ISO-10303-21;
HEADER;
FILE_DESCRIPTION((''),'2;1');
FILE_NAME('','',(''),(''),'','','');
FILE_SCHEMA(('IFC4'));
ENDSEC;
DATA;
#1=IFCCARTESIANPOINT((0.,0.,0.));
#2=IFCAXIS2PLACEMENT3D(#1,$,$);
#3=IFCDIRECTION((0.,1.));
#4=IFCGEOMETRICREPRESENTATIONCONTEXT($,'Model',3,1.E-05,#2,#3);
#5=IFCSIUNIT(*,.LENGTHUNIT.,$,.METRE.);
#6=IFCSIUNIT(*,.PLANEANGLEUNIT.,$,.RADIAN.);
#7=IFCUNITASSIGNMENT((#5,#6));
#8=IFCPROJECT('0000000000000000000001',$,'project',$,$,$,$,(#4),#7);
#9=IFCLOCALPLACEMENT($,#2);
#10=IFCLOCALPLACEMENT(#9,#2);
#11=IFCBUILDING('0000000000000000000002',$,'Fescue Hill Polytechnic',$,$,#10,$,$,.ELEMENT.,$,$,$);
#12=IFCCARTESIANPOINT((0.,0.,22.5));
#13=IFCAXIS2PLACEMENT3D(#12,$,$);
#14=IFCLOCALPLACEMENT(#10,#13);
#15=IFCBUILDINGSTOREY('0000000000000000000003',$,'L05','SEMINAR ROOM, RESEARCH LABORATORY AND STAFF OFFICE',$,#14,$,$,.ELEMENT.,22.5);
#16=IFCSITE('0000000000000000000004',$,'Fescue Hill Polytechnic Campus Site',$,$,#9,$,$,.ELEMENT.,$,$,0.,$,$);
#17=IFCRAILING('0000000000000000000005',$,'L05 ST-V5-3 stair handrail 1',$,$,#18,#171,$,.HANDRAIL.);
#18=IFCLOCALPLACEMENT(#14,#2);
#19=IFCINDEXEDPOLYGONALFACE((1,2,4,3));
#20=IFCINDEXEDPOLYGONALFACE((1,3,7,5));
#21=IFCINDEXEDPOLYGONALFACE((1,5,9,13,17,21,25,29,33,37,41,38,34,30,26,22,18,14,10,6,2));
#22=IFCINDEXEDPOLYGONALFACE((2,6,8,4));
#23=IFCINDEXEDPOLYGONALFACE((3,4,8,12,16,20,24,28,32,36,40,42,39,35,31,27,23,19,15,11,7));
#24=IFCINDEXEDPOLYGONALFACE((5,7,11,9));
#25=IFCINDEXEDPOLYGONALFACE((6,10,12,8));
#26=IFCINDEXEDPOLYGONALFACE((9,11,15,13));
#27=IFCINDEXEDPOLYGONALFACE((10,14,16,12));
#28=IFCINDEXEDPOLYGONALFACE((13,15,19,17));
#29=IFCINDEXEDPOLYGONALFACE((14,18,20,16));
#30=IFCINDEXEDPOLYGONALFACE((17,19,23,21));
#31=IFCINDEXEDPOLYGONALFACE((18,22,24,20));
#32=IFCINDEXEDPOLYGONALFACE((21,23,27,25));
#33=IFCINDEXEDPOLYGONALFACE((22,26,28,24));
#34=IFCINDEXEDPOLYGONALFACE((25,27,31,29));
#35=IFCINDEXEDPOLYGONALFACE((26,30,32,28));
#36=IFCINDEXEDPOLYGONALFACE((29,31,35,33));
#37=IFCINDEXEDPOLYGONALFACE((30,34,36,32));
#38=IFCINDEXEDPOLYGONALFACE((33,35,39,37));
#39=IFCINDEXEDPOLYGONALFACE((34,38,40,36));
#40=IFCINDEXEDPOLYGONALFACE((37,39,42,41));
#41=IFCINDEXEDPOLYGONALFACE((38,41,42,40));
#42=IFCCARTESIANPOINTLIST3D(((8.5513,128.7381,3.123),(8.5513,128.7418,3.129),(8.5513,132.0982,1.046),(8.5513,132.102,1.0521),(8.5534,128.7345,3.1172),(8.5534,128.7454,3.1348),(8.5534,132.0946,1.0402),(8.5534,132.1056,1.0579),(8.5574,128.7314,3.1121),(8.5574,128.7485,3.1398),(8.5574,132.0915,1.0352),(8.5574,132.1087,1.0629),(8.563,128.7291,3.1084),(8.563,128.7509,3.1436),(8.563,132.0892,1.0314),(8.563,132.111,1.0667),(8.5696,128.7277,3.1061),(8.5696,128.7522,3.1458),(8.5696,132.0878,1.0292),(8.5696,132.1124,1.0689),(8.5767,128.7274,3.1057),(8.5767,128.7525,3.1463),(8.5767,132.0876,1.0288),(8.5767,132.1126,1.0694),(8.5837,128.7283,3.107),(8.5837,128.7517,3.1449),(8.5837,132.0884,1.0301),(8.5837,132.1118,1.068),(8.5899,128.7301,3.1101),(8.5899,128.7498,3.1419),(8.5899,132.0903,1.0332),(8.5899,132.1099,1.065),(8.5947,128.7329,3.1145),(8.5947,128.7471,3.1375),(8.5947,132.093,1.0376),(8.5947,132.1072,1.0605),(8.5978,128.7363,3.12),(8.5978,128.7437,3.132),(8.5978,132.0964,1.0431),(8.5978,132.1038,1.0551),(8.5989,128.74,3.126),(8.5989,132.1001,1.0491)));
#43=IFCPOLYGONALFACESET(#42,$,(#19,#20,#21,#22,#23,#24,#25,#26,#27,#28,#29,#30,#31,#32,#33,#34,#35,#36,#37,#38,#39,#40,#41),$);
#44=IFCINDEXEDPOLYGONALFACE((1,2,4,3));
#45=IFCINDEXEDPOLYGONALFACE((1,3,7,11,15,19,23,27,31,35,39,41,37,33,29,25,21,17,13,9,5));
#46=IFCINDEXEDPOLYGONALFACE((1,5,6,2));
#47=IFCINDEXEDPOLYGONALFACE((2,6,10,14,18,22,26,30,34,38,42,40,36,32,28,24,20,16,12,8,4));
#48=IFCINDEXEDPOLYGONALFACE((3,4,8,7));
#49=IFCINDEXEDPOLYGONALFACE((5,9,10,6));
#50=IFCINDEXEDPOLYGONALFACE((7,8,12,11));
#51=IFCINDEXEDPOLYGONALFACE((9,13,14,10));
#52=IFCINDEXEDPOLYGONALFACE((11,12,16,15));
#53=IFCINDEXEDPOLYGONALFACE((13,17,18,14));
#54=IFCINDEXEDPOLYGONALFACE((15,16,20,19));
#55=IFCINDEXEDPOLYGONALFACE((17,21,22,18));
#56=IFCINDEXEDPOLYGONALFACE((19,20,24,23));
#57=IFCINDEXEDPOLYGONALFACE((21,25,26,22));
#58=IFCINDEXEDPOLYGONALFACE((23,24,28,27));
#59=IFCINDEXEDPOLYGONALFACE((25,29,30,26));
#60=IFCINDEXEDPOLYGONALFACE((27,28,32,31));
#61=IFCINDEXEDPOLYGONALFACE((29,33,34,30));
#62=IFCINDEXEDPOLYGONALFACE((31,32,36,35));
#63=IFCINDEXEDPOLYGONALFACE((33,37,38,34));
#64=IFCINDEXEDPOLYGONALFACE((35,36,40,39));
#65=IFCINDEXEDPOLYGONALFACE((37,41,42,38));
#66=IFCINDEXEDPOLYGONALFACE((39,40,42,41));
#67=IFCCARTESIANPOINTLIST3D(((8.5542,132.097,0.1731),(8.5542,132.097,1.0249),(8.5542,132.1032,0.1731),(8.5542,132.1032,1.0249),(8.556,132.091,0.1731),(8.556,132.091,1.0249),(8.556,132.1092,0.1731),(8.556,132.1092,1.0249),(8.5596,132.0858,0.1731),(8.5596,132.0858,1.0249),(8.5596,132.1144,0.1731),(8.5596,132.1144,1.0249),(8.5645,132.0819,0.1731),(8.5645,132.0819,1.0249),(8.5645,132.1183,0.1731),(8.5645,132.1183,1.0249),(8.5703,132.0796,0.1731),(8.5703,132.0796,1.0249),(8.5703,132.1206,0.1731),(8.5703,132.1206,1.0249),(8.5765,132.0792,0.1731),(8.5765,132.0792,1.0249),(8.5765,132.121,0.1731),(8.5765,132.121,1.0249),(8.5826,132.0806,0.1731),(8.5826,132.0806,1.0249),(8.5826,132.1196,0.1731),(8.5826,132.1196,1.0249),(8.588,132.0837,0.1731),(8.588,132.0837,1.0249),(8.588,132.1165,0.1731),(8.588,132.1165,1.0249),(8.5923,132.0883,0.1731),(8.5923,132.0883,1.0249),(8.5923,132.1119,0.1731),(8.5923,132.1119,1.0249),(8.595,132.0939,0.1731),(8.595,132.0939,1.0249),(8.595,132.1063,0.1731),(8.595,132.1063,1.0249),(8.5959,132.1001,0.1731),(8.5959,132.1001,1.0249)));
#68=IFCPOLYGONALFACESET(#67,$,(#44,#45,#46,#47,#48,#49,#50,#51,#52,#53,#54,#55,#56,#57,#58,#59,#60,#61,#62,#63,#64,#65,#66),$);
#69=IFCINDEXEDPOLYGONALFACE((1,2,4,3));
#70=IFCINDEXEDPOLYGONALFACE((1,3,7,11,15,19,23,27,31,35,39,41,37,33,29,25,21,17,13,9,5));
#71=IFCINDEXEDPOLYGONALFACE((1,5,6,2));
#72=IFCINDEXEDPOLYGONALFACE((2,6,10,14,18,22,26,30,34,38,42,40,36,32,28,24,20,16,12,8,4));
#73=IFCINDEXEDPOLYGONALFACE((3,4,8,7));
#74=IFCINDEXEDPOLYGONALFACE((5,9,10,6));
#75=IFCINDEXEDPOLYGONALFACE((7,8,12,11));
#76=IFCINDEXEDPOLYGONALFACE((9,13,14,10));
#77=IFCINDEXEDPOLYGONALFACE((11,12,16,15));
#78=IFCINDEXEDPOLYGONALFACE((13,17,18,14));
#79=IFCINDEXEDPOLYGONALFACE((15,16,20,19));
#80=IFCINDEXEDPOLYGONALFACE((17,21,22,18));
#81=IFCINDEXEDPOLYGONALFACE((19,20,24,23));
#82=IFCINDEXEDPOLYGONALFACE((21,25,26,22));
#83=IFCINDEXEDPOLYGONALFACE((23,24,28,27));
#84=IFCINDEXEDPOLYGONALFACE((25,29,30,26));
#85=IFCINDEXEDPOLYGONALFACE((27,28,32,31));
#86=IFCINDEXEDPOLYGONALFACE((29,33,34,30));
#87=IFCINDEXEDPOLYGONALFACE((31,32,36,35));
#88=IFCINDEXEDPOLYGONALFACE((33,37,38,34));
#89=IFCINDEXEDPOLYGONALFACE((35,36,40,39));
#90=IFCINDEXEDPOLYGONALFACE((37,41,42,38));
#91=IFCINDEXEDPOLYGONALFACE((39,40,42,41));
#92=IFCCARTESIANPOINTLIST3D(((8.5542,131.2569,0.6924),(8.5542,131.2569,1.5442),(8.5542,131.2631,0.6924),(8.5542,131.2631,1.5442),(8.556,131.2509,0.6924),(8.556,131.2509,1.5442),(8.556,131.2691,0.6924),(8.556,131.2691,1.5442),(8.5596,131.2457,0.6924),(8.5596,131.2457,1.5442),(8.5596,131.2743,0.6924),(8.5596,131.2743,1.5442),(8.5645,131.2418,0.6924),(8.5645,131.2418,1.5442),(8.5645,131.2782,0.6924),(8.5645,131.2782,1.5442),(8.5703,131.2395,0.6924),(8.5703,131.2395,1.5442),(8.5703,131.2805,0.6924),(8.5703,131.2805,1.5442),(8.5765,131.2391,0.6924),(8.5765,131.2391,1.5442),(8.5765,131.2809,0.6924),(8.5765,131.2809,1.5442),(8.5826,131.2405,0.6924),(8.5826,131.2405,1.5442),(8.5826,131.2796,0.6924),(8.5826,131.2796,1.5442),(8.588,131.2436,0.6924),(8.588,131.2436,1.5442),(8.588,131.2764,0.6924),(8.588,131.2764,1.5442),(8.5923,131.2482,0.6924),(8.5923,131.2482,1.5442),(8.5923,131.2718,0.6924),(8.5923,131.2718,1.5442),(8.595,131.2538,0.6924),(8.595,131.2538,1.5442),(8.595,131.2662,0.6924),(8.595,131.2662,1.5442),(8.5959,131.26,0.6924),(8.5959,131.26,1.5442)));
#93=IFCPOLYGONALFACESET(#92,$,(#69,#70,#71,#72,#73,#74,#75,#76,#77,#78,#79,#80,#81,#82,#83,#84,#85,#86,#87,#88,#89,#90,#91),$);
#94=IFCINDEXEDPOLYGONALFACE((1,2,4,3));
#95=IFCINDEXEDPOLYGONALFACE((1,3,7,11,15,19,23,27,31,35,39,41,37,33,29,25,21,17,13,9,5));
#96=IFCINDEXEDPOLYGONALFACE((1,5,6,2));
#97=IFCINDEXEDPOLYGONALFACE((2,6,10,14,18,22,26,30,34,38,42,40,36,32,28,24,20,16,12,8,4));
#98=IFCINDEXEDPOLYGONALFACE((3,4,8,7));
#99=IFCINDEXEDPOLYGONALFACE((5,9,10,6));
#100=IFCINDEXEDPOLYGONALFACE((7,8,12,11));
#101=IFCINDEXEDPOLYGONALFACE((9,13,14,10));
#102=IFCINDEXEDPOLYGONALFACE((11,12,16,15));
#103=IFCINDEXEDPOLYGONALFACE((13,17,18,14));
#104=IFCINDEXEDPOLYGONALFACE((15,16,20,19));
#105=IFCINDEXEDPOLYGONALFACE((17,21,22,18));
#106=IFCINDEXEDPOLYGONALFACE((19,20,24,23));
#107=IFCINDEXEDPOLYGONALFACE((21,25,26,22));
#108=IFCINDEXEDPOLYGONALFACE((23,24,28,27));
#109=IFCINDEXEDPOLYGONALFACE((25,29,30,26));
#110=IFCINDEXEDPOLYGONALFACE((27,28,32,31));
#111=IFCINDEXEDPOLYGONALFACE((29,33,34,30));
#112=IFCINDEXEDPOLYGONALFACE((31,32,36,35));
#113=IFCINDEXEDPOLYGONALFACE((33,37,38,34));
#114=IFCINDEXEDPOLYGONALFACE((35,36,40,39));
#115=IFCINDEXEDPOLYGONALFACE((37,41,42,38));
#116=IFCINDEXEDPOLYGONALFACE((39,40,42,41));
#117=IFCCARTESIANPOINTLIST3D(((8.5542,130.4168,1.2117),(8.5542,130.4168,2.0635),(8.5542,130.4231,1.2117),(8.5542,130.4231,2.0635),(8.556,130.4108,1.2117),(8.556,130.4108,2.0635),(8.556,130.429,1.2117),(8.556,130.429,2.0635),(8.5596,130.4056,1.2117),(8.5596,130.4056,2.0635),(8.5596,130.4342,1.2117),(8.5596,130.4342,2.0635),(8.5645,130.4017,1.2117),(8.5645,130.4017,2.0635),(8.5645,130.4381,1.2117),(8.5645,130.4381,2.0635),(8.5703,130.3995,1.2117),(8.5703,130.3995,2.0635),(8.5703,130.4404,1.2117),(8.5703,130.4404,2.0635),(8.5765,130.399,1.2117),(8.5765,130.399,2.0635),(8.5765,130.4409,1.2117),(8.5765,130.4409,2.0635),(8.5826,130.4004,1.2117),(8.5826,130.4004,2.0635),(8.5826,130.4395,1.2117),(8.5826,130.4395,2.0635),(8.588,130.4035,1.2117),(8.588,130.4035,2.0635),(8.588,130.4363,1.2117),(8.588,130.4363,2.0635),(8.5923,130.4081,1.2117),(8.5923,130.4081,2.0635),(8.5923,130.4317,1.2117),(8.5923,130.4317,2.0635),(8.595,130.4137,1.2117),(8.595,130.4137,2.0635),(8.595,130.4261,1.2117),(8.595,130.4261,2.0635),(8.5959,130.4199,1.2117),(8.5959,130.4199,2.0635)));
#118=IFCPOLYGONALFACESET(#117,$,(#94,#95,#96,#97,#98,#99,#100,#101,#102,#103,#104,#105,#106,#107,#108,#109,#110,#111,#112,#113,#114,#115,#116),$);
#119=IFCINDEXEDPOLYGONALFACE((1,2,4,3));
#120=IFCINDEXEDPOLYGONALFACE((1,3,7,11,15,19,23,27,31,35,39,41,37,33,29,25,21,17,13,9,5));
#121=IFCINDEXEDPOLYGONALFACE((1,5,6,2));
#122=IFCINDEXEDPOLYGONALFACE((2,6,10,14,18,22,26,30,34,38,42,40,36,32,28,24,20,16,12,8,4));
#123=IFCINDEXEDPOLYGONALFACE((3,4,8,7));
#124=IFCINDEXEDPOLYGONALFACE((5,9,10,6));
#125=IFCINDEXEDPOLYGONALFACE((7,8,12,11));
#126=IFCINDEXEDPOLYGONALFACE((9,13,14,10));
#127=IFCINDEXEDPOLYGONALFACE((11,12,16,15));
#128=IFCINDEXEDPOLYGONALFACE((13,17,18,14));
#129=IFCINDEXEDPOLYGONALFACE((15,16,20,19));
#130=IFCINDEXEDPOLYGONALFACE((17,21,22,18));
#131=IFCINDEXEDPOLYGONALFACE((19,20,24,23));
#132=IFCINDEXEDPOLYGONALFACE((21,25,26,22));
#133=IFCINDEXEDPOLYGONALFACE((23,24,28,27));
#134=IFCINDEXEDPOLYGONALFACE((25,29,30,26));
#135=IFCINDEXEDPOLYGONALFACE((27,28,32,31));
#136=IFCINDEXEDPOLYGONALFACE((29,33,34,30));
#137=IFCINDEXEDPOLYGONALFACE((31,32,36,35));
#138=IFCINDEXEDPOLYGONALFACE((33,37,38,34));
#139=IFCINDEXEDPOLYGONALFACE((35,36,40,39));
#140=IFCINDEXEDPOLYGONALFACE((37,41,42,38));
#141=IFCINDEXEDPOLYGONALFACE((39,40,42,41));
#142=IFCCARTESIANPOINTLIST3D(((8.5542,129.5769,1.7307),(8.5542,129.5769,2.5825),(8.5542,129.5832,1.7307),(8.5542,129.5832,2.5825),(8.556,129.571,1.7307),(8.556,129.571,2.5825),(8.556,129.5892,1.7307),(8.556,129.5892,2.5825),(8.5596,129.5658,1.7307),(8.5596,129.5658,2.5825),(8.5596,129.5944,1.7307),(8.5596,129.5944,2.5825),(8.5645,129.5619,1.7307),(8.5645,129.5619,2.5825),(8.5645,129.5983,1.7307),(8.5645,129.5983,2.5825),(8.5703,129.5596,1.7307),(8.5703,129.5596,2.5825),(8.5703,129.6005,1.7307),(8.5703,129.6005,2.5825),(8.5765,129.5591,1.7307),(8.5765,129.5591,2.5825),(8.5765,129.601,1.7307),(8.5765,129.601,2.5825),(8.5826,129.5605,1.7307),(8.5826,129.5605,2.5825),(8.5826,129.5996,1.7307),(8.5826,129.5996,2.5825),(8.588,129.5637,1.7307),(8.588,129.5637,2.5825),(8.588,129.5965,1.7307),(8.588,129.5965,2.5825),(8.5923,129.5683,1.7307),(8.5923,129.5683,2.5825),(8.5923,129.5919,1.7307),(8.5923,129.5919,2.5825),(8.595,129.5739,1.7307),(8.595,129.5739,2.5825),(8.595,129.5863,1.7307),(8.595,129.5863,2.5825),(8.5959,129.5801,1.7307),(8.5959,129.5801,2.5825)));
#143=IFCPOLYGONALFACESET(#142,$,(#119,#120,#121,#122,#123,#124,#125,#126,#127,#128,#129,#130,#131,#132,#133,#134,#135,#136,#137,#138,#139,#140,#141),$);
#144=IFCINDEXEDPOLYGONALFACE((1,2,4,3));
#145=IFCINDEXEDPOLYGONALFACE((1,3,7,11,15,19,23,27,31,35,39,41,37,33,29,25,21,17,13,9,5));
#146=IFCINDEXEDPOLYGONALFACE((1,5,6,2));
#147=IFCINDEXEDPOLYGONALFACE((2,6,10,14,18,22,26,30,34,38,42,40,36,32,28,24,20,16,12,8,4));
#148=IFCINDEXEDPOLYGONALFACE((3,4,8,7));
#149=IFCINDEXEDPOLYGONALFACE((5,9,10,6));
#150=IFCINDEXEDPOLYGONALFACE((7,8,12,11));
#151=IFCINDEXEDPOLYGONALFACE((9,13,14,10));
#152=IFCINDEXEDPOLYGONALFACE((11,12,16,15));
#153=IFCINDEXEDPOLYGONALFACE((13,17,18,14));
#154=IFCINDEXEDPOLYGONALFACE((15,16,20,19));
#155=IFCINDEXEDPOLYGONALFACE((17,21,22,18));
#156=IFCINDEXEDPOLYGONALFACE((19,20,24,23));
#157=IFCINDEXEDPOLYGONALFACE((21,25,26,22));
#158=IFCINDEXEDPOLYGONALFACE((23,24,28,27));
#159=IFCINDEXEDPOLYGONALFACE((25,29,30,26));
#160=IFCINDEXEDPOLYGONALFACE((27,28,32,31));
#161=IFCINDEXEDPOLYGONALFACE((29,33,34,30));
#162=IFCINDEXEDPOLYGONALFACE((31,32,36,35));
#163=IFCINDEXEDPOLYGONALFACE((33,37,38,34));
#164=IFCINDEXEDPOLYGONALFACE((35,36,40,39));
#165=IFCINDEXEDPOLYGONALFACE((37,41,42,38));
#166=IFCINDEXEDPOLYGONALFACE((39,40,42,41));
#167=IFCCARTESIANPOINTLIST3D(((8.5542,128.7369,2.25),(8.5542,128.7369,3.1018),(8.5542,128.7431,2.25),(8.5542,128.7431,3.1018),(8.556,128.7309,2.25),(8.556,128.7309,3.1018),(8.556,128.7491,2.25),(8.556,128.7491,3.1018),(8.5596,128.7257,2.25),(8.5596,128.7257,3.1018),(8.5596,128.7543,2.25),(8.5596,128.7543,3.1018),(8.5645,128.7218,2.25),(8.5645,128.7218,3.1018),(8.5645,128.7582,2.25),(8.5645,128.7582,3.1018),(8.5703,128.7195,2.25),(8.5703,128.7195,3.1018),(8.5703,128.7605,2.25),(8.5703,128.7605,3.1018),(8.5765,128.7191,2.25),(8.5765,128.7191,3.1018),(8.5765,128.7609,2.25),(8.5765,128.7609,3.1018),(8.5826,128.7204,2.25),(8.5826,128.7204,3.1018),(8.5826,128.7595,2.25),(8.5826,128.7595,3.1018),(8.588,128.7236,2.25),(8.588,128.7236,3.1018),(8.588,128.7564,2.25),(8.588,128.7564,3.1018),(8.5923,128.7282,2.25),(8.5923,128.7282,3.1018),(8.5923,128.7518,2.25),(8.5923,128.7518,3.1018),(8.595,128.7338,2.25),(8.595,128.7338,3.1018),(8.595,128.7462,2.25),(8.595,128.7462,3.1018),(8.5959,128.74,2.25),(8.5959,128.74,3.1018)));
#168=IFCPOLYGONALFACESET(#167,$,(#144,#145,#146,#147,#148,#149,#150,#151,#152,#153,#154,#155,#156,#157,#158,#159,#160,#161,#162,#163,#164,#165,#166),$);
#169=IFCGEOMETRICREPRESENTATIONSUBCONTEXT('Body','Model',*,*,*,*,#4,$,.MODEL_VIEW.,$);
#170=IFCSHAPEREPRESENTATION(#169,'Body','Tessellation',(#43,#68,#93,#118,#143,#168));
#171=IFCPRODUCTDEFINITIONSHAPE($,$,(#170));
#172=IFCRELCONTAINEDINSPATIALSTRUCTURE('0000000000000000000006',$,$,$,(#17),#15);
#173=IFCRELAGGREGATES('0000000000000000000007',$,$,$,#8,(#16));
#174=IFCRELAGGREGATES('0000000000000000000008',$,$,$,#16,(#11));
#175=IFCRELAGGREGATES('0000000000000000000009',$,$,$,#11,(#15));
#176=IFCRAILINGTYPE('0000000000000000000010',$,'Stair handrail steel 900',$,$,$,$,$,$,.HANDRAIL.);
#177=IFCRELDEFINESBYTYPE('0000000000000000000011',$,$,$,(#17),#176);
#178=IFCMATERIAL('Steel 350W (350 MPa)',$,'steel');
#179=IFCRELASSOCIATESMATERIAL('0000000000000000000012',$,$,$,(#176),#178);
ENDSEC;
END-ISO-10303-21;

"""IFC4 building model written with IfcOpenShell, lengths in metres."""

from ifc_helpers import new_model, si_unit, direction, frame, origin, origin_2d, place, context, subcontext, project, spatial, circle, extrude, material, type_object, element, save


model = new_model("IFC4")

# Units and contexts
model_context = context("Model", 3, precision=1e-05, world=origin(), true_north=direction((0.0, 1.0)))
body_context = subcontext(model_context, "Body", "Model", "MODEL_VIEW")
ifc_project = project(units=[si_unit("LENGTHUNIT", "METRE"), si_unit("PLANEANGLEUNIT", "RADIAN")], contexts=[model_context])

# Site, building, storey
site_placement = place(None, origin())
site = spatial("IfcSite", under=ifc_project, at=site_placement, Name="Fescue Hill Polytechnic Campus Site", CompositionType="ELEMENT", RefElevation=0.0)
building_placement = place(site_placement, origin())
building = spatial("IfcBuilding", under=site, at=building_placement, Name="Fescue Hill Polytechnic", CompositionType="ELEMENT")
storey_placement = place(building_placement, frame((0.0, 0.0, 22.5)))
storey = spatial("IfcBuildingStorey", under=building, at=storey_placement, Name="L05", Description="SEMINAR ROOM, RESEARCH LABORATORY AND STAFF OFFICE", CompositionType="ELEMENT", Elevation=22.5)

# Railing
ifc_material_1 = material(Name="Steel 350W (350 MPa)", Category="steel")
railing_type_1 = type_object("IfcRailingType", Name="Stair handrail steel 900", PredefinedType="HANDRAIL", material=ifc_material_1)
for number, where, name in (
    (1, (8.575, 132.1001, 0.1731), "L05 ST-V5-3 stair handrail 1"),
):
    element("IfcRailing", number, at=place(storey_placement, frame(where)), inside=storey, type_object=railing_type_1, Name=name, PredefinedType="HANDRAIL", context=body_context, shape_type="SweptSolid", body=[
        extrude(circle(Radius=0.0239, at=origin_2d()), frame((0.0, 0.0, 0.876), z_axis=(0.0, -0.850623, 0.525776), x_axis=(1.0, 0.0, 0.0)), (0.0, 0.0, 1.0), 3.9502),
        extrude(circle(Radius=0.021, at=origin_2d()), origin(), (0.0, 0.0, 1.0), 0.8518),
        extrude(circle(Radius=0.021, at=origin_2d()), frame((0.0, -0.8401, 0.5193)), (0.0, 0.0, 1.0), 0.8518),
        extrude(circle(Radius=0.021, at=origin_2d()), frame((0.0, -1.6802, 1.0386)), (0.0, 0.0, 1.0), 0.8518),
        extrude(circle(Radius=0.021, at=origin_2d()), frame((0.0, -2.52, 1.5576)), (0.0, 0.0, 1.0), 0.8518),
        extrude(circle(Radius=0.021, at=origin_2d()), frame((0.0, -3.3601, 2.0769)), (0.0, 0.0, 1.0), 0.8518),
    ])

save(model, "model.ifc")
